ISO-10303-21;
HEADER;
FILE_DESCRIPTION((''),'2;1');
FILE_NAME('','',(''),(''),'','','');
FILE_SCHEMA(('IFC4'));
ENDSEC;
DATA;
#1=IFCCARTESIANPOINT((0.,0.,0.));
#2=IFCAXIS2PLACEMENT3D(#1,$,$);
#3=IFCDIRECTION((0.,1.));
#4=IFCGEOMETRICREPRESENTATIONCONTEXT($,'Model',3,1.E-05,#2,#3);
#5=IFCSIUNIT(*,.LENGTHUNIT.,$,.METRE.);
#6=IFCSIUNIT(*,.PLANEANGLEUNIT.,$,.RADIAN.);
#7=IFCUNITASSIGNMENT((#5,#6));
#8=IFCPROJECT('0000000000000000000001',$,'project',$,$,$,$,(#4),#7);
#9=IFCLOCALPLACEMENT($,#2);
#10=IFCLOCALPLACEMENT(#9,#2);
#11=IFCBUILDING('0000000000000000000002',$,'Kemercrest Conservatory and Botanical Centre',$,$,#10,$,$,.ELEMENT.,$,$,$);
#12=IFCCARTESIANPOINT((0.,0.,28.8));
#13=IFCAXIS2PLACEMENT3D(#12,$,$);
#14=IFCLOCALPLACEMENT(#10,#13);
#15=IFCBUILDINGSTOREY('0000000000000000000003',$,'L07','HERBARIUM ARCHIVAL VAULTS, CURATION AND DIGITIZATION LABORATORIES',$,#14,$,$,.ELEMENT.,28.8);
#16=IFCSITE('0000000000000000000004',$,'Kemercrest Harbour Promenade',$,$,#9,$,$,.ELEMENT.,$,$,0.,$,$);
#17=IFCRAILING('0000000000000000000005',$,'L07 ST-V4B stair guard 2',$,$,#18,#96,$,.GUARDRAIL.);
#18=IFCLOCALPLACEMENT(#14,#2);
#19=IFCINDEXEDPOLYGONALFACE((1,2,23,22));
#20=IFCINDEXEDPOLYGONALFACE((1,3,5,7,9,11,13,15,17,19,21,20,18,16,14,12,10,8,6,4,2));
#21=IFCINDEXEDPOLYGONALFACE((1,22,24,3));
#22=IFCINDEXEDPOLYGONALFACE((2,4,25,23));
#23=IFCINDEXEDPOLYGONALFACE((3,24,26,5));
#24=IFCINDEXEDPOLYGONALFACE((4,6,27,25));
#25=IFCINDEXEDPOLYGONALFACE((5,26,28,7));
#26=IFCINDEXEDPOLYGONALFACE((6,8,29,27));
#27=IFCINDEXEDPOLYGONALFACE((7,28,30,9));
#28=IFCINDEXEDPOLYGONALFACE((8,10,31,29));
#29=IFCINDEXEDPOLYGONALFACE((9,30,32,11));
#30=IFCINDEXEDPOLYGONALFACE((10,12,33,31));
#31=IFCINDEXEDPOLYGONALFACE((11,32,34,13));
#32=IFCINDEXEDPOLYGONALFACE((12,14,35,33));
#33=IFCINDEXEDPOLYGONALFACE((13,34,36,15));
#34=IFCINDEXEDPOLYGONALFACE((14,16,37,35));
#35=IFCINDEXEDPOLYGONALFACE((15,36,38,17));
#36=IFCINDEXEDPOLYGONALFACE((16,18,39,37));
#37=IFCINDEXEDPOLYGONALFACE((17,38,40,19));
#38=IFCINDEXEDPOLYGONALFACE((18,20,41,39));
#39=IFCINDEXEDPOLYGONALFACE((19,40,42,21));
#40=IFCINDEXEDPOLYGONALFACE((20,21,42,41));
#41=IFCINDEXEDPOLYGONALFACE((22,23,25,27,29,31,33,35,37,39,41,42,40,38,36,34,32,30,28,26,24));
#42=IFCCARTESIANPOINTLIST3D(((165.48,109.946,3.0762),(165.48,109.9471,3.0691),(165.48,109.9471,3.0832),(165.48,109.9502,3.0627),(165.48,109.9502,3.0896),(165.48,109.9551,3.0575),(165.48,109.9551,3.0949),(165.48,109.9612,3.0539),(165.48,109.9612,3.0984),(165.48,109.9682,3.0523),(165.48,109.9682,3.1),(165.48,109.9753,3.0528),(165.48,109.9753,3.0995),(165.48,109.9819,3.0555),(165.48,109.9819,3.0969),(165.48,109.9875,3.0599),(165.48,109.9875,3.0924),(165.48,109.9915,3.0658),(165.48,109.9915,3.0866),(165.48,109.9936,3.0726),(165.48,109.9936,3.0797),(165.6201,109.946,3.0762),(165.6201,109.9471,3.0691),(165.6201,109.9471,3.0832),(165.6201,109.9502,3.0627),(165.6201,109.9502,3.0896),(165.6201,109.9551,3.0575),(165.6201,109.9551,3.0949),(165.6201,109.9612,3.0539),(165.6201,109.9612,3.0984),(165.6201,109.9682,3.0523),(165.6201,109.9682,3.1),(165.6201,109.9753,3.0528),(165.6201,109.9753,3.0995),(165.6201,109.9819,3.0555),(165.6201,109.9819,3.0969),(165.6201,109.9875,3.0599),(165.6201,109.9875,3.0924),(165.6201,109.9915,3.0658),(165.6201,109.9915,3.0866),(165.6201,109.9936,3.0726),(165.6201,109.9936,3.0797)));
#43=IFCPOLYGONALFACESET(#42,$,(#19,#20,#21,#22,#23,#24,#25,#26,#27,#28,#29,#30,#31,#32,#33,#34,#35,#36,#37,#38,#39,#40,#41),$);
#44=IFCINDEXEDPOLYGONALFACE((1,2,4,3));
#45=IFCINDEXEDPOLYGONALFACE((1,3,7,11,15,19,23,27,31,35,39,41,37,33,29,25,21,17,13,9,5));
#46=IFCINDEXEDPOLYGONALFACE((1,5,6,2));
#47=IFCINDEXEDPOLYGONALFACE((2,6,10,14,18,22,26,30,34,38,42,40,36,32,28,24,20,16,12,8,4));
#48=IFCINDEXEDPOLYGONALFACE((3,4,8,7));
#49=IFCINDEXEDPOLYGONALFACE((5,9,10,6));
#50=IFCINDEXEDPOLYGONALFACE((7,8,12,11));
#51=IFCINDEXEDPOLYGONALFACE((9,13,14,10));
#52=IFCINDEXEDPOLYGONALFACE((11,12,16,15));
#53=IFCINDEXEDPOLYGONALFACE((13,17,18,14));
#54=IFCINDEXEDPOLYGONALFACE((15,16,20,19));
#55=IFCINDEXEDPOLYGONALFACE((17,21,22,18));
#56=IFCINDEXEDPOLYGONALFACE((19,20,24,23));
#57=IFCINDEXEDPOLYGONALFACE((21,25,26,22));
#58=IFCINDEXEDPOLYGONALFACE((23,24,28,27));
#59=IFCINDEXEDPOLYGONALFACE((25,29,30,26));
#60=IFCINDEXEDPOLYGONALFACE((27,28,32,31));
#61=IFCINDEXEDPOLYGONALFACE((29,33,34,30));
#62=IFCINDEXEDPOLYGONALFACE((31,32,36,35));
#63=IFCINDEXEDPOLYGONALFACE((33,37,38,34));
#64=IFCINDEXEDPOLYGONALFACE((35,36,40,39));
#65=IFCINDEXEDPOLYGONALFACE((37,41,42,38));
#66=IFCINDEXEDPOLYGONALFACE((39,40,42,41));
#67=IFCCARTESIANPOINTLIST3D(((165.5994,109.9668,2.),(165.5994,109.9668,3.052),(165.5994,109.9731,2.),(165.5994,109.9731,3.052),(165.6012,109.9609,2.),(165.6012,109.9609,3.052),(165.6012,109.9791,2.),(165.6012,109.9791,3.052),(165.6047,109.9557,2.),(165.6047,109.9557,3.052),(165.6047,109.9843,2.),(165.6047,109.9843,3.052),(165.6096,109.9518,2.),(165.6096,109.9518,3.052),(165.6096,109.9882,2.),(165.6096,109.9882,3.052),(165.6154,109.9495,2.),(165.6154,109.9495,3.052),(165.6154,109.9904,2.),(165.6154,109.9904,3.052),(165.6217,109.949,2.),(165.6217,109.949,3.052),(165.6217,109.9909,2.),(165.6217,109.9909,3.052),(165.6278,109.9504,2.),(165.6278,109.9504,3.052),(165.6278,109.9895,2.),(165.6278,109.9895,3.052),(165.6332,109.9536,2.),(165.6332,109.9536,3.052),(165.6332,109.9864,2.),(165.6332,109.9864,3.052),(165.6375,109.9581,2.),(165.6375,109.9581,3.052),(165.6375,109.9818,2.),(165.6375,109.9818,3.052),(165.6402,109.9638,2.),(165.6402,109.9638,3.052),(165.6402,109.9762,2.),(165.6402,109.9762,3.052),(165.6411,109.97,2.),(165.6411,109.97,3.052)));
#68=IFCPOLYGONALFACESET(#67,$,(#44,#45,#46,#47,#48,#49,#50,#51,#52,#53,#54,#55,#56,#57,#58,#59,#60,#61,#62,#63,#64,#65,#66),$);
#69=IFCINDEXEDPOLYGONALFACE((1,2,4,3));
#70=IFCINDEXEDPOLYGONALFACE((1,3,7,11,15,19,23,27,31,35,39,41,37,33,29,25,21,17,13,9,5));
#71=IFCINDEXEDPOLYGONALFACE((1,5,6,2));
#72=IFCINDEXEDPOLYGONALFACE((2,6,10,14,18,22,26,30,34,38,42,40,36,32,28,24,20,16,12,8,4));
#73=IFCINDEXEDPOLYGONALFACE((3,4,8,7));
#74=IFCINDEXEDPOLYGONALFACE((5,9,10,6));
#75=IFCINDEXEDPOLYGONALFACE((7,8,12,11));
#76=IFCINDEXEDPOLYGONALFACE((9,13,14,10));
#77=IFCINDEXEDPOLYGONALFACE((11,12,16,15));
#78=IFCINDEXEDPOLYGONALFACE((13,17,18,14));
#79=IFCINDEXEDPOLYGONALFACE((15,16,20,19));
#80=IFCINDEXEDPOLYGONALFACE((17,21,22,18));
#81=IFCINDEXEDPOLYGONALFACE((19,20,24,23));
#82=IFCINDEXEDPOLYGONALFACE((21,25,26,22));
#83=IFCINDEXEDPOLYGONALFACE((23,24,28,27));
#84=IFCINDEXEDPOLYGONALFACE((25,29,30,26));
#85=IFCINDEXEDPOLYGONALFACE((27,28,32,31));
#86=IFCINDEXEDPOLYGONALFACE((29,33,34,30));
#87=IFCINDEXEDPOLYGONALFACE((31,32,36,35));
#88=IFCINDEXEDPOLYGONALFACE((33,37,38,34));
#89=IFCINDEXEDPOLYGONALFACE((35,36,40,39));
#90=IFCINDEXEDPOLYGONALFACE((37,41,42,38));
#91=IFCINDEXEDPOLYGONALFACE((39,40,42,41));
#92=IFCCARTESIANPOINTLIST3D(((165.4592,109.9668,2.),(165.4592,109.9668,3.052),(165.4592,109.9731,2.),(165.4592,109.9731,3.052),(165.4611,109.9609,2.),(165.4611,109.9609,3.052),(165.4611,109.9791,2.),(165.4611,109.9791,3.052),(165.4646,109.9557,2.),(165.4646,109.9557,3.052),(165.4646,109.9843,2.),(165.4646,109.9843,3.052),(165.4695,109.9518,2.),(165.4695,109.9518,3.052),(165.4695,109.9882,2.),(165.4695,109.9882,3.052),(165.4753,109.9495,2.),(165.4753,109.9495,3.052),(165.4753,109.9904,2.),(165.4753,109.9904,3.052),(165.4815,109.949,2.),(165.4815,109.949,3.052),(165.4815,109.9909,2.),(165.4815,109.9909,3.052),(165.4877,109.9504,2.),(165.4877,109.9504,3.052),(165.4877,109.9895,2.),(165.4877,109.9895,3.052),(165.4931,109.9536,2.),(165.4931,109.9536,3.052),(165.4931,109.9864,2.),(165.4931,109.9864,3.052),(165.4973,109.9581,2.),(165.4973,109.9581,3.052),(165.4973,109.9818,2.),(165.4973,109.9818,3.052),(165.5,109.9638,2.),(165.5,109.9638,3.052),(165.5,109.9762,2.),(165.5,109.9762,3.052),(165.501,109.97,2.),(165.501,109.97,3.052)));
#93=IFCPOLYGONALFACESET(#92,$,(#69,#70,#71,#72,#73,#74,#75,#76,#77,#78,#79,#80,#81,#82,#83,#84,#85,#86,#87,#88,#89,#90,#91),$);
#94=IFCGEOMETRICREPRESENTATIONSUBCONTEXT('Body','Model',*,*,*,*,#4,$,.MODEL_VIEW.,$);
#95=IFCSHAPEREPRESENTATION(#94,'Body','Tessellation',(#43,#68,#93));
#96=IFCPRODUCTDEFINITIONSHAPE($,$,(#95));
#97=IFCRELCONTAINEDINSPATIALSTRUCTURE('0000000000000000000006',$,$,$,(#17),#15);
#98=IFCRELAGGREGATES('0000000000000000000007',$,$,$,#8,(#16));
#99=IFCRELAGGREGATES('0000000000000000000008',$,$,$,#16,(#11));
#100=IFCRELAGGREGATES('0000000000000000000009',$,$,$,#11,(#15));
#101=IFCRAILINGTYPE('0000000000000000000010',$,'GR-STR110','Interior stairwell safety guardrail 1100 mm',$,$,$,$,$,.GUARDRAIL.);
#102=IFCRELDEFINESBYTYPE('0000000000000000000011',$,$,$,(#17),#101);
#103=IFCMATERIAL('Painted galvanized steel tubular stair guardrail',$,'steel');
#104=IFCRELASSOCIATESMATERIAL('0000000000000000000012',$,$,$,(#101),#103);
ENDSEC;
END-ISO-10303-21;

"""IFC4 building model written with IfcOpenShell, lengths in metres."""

from ifc_helpers import new_model, si_unit, direction, frame, origin, origin_2d, place, context, subcontext, project, spatial, circle, extrude, material, type_object, element, save


model = new_model("IFC4")

# Units and contexts
model_context = context("Model", 3, precision=1e-05, world=origin(), true_north=direction((0.0, 1.0)))
body_context = subcontext(model_context, "Body", "Model", "MODEL_VIEW")
ifc_project = project(units=[si_unit("LENGTHUNIT", "METRE"), si_unit("PLANEANGLEUNIT", "RADIAN")], contexts=[model_context])

# Site, building, storey
site_placement = place(None, origin())
site = spatial("IfcSite", under=ifc_project, at=site_placement, Name="Kemercrest Harbour Promenade", CompositionType="ELEMENT", RefElevation=0.0)
building_placement = place(site_placement, origin())
building = spatial("IfcBuilding", under=site, at=building_placement, Name="Kemercrest Conservatory and Botanical Centre", CompositionType="ELEMENT")
storey_placement = place(building_placement, frame((0.0, 0.0, 28.8)))
storey = spatial("IfcBuildingStorey", under=building, at=storey_placement, Name="L07", Description="HERBARIUM ARCHIVAL VAULTS, CURATION AND DIGITIZATION LABORATORIES", CompositionType="ELEMENT", Elevation=28.8)

# Railing
ifc_material_1 = material(Name="Painted galvanized steel tubular stair guardrail", Category="steel")
railing_type_1 = type_object("IfcRailingType", Name="GR-STR110", Description="Interior stairwell safety guardrail 1100 mm", PredefinedType="GUARDRAIL", material=ifc_material_1)
railing_1_placement = place(storey_placement, frame((165.6201, 109.97, 2.0)))
element("IfcRailing", 1, at=railing_1_placement, inside=storey, type_object=railing_type_1, Name="L07 ST-V4B stair guard 2", PredefinedType="GUARDRAIL", context=body_context, shape_type="SweptSolid", body=[
    extrude(circle(Radius=0.0239, at=origin_2d()), frame((0.0, 0.0, 1.0762), z_axis=(-1.0, 0.0, 0.0), x_axis=(0.0, -1.0, 0.0)), (0.0, 0.0, 1.0), 0.1401),
    extrude(circle(Radius=0.021, at=origin_2d()), origin(), (0.0, 0.0, 1.0), 1.052),
    extrude(circle(Radius=0.021, at=origin_2d()), frame((-0.1401, 0.0, 0.0)), (0.0, 0.0, 1.0), 1.052),
])

save(model, "model.ifc")
